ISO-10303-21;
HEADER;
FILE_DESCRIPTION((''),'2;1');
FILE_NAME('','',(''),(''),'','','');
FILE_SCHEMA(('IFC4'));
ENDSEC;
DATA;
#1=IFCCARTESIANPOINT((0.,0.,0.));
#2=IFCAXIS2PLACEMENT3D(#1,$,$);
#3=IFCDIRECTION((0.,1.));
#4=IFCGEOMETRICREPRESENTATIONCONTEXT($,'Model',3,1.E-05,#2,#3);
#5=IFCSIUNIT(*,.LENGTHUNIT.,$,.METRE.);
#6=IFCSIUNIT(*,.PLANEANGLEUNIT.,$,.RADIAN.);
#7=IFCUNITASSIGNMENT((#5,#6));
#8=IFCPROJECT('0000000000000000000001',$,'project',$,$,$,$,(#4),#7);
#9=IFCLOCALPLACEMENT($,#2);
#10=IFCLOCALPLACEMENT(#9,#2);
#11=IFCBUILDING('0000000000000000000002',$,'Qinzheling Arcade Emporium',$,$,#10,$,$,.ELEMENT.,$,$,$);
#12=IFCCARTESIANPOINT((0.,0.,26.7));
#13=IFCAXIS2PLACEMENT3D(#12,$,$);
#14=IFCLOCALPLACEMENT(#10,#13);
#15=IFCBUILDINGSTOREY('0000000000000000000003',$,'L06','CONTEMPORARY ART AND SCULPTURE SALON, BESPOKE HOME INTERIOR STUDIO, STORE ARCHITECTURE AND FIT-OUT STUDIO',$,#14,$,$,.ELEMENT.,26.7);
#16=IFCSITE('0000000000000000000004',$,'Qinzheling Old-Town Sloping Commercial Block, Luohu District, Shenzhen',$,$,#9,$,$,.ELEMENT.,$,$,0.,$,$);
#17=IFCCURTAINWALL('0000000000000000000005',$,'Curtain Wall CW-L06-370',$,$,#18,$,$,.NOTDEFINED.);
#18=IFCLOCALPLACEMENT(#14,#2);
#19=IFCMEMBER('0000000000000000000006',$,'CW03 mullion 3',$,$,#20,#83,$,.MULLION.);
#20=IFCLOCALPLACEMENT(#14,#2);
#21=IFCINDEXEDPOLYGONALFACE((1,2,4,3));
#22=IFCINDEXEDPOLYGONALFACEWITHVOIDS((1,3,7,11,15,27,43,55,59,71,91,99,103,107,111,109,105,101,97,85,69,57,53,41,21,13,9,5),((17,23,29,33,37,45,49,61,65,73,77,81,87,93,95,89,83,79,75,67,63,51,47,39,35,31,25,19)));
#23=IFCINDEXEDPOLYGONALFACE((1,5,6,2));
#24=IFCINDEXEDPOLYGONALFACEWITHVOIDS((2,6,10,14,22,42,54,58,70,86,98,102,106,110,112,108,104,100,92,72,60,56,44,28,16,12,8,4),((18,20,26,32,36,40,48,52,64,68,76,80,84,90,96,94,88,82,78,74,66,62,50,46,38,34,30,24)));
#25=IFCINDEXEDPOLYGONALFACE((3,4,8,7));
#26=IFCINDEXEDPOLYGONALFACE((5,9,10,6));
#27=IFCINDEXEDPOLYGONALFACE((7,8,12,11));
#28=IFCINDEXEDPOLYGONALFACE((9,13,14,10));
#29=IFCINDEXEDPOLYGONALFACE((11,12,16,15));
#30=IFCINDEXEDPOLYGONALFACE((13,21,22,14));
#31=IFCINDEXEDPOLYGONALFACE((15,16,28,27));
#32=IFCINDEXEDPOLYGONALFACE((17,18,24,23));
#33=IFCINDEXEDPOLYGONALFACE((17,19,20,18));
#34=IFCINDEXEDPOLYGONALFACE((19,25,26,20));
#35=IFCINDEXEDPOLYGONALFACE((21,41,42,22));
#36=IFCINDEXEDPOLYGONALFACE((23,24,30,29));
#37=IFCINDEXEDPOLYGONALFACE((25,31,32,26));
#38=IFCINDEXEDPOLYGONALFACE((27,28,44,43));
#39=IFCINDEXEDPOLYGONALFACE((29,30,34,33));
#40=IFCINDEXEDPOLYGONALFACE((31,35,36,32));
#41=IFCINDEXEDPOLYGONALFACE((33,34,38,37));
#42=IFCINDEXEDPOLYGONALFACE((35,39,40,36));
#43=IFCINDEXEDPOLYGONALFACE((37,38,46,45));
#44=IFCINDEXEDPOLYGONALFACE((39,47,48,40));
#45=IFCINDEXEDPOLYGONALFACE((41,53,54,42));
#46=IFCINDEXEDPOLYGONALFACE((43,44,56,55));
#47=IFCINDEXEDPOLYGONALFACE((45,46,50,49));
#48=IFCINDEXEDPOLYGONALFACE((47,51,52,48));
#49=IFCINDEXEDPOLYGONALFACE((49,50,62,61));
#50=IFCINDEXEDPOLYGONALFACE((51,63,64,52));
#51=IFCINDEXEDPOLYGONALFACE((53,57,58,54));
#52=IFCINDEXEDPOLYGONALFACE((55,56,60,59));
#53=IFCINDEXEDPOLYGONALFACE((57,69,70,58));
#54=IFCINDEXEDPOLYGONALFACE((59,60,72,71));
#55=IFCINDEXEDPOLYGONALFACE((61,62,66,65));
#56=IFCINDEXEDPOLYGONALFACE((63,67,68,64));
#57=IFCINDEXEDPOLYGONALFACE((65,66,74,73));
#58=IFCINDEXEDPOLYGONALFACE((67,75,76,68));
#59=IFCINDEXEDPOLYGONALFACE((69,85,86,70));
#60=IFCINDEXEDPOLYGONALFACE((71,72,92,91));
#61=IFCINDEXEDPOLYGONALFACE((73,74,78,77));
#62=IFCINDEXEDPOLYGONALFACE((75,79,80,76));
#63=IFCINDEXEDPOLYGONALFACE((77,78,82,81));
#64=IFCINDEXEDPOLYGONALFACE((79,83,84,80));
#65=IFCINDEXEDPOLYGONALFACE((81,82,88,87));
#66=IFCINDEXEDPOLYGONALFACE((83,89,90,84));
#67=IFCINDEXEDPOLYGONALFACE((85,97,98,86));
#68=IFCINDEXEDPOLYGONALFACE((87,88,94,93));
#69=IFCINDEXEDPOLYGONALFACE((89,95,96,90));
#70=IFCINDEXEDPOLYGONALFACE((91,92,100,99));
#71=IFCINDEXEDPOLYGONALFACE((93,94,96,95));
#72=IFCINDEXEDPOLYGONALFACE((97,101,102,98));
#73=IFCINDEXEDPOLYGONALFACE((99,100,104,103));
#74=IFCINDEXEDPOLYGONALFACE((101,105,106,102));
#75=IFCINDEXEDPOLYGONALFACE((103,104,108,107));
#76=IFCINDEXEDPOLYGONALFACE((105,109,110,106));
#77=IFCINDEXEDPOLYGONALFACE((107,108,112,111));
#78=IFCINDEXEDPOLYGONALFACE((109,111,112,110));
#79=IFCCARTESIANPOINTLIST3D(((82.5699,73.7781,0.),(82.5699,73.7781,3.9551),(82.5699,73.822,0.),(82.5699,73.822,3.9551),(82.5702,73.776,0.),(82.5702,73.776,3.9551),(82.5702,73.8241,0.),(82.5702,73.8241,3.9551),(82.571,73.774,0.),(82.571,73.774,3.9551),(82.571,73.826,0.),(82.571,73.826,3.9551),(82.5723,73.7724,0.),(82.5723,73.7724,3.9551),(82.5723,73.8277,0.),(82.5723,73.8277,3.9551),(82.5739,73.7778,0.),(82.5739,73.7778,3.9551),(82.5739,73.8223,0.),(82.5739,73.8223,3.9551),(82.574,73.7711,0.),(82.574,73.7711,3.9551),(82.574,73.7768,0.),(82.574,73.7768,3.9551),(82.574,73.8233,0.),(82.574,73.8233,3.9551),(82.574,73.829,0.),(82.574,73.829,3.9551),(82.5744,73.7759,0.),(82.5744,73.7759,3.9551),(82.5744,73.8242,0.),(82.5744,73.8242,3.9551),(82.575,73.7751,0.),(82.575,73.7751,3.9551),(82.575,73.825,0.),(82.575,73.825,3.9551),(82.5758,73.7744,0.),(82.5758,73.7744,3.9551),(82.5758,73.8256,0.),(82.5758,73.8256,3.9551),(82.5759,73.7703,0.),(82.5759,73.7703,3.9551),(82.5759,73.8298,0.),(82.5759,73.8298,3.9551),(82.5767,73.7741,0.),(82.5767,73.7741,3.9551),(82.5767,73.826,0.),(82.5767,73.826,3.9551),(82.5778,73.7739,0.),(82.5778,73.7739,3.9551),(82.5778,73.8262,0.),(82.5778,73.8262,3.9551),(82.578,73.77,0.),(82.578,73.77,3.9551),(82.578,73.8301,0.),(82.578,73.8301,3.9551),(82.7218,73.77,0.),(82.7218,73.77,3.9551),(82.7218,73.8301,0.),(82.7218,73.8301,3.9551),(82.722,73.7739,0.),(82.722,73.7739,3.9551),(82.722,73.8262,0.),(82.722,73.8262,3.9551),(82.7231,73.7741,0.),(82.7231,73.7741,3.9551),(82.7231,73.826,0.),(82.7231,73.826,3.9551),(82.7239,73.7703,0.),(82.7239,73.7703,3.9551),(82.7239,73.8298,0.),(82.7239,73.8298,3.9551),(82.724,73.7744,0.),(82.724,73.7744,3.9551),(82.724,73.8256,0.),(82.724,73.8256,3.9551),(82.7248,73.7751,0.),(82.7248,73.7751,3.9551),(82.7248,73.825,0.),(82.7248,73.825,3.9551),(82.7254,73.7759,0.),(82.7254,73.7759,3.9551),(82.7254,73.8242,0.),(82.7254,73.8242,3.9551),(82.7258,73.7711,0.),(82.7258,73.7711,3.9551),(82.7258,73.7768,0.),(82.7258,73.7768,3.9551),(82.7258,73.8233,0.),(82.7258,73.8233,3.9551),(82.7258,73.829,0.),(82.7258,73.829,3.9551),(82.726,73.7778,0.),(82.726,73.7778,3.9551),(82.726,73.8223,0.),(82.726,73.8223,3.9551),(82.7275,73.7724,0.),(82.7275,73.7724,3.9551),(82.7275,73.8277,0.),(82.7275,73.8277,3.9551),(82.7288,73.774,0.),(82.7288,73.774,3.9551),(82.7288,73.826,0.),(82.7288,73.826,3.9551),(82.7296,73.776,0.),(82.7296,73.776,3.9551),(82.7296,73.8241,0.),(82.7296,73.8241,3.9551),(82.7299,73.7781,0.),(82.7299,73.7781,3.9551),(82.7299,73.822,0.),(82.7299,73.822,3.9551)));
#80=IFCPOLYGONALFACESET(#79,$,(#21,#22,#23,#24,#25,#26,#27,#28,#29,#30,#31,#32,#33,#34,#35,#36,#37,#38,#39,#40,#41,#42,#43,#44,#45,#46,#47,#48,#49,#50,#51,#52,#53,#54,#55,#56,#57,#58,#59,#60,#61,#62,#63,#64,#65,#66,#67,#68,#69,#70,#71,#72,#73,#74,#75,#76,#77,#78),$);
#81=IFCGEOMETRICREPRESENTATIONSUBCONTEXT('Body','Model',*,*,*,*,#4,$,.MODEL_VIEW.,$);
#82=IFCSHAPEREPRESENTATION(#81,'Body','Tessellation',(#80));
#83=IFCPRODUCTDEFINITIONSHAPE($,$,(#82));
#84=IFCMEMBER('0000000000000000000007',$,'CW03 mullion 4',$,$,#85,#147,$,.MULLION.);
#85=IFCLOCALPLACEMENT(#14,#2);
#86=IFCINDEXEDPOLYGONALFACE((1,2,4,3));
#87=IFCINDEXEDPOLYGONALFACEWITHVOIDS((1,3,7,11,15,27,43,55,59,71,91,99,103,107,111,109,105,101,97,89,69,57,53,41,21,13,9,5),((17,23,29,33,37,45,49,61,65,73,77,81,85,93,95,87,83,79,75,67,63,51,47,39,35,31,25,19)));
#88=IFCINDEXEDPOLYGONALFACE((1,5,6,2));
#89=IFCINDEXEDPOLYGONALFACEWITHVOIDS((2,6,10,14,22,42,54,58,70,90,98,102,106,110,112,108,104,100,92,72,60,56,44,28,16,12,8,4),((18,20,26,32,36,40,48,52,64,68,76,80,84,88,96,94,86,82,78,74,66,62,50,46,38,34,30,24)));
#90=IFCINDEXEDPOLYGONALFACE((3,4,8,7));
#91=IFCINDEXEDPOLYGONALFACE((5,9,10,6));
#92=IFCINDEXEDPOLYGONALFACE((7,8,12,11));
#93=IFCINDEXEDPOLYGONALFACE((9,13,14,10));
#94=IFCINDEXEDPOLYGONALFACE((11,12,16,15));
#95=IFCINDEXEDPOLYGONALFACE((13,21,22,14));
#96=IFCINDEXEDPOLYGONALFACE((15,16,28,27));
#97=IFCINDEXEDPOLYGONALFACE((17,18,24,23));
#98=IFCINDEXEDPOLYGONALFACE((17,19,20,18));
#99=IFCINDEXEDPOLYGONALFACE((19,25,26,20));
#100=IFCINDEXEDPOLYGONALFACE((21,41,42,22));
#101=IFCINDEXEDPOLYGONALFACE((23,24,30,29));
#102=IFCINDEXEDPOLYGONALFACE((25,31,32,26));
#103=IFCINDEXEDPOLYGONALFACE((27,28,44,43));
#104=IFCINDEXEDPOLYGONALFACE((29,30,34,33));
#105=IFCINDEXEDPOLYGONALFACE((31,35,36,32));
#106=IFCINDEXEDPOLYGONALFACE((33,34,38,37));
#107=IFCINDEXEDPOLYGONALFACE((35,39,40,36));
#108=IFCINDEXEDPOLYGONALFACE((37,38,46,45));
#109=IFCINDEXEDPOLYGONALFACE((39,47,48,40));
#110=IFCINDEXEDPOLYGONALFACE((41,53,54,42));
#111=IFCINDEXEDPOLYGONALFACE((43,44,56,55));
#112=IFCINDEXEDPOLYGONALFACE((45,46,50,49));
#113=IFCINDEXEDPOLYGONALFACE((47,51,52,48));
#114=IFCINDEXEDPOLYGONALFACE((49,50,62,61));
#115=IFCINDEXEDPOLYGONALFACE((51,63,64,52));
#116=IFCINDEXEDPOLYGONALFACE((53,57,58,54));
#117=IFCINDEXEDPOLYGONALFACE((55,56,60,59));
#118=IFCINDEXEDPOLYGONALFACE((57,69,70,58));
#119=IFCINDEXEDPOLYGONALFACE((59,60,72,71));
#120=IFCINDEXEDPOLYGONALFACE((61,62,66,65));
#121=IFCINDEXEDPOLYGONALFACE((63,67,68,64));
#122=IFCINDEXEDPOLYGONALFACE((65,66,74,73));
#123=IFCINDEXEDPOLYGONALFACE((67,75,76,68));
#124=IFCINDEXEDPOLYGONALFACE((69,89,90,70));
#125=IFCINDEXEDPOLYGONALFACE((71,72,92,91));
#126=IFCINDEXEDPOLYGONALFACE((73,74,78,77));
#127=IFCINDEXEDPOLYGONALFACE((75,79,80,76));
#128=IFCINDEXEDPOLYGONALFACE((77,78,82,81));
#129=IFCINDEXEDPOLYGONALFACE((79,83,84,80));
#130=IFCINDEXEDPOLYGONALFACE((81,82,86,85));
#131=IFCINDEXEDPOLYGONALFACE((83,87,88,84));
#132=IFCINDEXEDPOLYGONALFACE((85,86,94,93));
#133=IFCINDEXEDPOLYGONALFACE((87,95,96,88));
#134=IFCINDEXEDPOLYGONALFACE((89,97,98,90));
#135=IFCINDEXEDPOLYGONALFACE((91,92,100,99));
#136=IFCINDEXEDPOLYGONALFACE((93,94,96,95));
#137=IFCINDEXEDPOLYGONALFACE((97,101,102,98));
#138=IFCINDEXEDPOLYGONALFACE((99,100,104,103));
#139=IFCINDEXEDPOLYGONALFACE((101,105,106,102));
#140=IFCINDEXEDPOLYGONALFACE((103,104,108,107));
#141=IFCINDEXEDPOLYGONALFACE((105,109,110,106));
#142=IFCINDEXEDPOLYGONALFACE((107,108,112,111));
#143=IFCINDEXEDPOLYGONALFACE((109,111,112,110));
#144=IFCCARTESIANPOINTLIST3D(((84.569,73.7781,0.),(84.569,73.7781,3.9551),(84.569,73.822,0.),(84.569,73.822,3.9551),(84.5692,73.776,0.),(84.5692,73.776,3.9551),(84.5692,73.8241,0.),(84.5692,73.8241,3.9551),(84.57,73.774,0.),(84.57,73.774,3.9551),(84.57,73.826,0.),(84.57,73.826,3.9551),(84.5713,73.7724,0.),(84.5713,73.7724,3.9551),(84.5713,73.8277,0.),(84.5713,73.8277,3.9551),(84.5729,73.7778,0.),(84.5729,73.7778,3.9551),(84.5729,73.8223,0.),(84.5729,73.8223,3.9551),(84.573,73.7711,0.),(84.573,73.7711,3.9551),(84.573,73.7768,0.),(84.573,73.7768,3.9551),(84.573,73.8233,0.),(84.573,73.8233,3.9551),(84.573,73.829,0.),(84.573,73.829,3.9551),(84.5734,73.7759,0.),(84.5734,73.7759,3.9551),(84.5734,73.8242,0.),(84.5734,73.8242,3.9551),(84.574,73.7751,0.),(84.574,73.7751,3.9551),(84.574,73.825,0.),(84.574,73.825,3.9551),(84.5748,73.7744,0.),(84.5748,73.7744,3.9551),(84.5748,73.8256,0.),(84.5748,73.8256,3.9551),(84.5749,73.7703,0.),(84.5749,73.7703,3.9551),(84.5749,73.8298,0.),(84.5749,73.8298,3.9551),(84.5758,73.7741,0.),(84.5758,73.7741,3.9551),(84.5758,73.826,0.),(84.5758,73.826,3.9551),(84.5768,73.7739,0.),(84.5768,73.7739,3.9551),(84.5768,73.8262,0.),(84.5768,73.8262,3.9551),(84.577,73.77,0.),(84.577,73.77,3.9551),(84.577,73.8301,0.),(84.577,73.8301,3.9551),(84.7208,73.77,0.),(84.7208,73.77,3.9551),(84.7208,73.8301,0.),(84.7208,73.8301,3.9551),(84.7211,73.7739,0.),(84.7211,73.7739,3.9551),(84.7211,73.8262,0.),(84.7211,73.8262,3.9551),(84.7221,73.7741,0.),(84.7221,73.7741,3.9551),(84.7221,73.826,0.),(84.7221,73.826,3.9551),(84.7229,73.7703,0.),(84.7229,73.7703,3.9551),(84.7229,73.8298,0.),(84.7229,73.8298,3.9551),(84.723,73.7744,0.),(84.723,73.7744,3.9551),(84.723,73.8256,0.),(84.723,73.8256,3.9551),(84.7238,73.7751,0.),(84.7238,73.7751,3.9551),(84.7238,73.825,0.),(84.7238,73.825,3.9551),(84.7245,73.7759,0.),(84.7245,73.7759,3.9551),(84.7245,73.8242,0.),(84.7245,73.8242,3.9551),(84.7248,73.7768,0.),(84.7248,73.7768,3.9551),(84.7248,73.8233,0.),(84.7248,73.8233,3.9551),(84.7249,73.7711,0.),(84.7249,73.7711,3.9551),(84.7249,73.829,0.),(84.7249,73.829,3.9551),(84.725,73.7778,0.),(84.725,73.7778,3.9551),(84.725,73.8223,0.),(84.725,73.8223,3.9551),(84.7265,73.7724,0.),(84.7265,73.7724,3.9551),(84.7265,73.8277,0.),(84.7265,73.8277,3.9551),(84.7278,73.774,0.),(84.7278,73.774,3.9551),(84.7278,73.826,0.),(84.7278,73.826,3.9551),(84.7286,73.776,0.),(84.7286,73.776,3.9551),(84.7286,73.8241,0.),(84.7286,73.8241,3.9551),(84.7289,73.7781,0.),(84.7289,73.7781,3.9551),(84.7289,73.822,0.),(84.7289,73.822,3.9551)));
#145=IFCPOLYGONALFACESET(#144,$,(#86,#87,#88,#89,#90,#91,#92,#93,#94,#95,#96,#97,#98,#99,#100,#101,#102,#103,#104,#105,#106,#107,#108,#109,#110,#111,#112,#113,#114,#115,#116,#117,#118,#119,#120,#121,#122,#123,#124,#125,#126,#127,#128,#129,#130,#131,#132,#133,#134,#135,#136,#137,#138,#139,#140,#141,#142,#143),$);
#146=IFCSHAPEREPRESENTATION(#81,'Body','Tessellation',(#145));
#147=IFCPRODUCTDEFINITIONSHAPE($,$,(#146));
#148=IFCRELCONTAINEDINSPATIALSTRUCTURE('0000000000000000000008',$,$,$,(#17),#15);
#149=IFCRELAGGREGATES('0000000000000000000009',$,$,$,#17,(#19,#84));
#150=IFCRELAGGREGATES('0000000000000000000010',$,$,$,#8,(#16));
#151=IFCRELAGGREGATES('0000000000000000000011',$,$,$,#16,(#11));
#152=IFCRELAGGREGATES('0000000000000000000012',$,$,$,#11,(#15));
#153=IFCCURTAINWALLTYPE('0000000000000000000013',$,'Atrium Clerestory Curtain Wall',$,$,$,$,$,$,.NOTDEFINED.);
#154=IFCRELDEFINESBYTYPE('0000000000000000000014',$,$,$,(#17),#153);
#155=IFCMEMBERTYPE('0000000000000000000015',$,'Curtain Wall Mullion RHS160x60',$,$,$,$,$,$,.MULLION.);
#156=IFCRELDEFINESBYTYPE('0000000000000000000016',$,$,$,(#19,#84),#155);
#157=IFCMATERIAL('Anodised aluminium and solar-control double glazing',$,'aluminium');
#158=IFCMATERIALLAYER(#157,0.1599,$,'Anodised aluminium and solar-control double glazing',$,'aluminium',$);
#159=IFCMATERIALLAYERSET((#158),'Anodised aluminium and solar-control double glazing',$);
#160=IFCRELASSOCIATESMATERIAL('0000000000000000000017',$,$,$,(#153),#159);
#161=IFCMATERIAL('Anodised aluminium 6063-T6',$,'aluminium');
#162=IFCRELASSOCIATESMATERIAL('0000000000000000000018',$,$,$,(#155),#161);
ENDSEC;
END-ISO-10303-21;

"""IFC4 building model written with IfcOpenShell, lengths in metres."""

from ifc_helpers import new_model, si_unit, direction, frame, origin, origin_2d, place, context, subcontext, project, spatial, hollow_rectangle, extrude, material, layer, layer_set, material_profile, profile_set, type_object, element, aggregate, save


model = new_model("IFC4")

# Units and contexts
model_context = context("Model", 3, precision=1e-05, world=origin(), true_north=direction((0.0, 1.0)))
body_context = subcontext(model_context, "Body", "Model", "MODEL_VIEW")
ifc_project = project(units=[si_unit("LENGTHUNIT", "METRE"), si_unit("PLANEANGLEUNIT", "RADIAN")], contexts=[model_context])

# Site, building, storey
site_placement = place(None, origin())
site = spatial("IfcSite", under=ifc_project, at=site_placement, Name="Qinzheling Old-Town Sloping Commercial Block, Luohu District, Shenzhen", CompositionType="ELEMENT", RefElevation=0.0)
building_placement = place(site_placement, origin())
building = spatial("IfcBuilding", under=site, at=building_placement, Name="Qinzheling Arcade Emporium", CompositionType="ELEMENT")
storey_placement = place(building_placement, frame((0.0, 0.0, 26.7)))
storey = spatial("IfcBuildingStorey", under=building, at=storey_placement, Name="L06", Description="CONTEMPORARY ART AND SCULPTURE SALON, BESPOKE HOME INTERIOR STUDIO, STORE ARCHITECTURE AND FIT-OUT STUDIO", CompositionType="ELEMENT", Elevation=26.7)

# Curtain wall, members
ifc_material_1 = material(Name="Anodised aluminium and solar-control double glazing", Category="aluminium")
ifc_layer_1 = layer(ifc_material_1, 0.1599, Name="Anodised aluminium and solar-control double glazing", Category="aluminium")
ifc_layer_set_1 = layer_set([ifc_layer_1], Name="Anodised aluminium and solar-control double glazing")
curtain_wall_type = type_object("IfcCurtainWallType", Name="Atrium Clerestory Curtain Wall", PredefinedType="NOTDEFINED", material=ifc_layer_set_1)
curtain_wall_placement = place(storey_placement, origin())
curtain_wall = element("IfcCurtainWall", 1, at=curtain_wall_placement, inside=storey, type_object=curtain_wall_type, Name="Curtain Wall CW-L06-370", PredefinedType="NOTDEFINED")
ifc_material_2 = material(Name="Anodised aluminium 6063-T6", Category="aluminium")
ifc_material_profile_1 = material_profile(ifc_material_2, hollow_rectangle(XDim=0.0601, YDim=0.1599, WallThickness=0.0039, InnerFilletRadius=0.0039, OuterFilletRadius=0.0081, at=origin_2d()), Name="RHS 160x60x4", Category="aluminium")
ifc_profile_set_1 = profile_set([ifc_material_profile_1], Name="Anodised aluminium 6063-T6")
member_type_1 = type_object("IfcMemberType", Name="Curtain Wall Mullion RHS160x60", PredefinedType="MULLION", material=ifc_profile_set_1)
member_1_placement = place(storey_placement, frame((82.6499, 73.8, 0.0), z_axis=(0.0, 0.0, 1.0), x_axis=(0.0, 1.0, 0.0)))
member_1 = element("IfcMember", 2, at=member_1_placement, type_object=member_type_1, Name="CW03 mullion 3", PredefinedType="MULLION", context=body_context, shape_type="SweptSolid", body=[
    extrude(hollow_rectangle(XDim=0.0601, YDim=0.1599, WallThickness=0.0039, InnerFilletRadius=0.0039, OuterFilletRadius=0.0081, at=origin_2d()), origin(), (0.0, 0.0, 1.0), 3.9551),
])
member_2_placement = place(storey_placement, frame((84.6489, 73.8, 0.0), z_axis=(0.0, 0.0, 1.0), x_axis=(0.0, 1.0, 0.0)))
member_2 = element("IfcMember", 3, at=member_2_placement, type_object=member_type_1, Name="CW03 mullion 4", PredefinedType="MULLION", context=body_context, shape_type="SweptSolid", body=[
    extrude(hollow_rectangle(XDim=0.0601, YDim=0.1599, WallThickness=0.0039, InnerFilletRadius=0.0039, OuterFilletRadius=0.0081, at=origin_2d()), origin(), (0.0, 0.0, 1.0), 3.9551),
])

aggregate(curtain_wall, [member_1, member_2])

save(model, "model.ifc")
